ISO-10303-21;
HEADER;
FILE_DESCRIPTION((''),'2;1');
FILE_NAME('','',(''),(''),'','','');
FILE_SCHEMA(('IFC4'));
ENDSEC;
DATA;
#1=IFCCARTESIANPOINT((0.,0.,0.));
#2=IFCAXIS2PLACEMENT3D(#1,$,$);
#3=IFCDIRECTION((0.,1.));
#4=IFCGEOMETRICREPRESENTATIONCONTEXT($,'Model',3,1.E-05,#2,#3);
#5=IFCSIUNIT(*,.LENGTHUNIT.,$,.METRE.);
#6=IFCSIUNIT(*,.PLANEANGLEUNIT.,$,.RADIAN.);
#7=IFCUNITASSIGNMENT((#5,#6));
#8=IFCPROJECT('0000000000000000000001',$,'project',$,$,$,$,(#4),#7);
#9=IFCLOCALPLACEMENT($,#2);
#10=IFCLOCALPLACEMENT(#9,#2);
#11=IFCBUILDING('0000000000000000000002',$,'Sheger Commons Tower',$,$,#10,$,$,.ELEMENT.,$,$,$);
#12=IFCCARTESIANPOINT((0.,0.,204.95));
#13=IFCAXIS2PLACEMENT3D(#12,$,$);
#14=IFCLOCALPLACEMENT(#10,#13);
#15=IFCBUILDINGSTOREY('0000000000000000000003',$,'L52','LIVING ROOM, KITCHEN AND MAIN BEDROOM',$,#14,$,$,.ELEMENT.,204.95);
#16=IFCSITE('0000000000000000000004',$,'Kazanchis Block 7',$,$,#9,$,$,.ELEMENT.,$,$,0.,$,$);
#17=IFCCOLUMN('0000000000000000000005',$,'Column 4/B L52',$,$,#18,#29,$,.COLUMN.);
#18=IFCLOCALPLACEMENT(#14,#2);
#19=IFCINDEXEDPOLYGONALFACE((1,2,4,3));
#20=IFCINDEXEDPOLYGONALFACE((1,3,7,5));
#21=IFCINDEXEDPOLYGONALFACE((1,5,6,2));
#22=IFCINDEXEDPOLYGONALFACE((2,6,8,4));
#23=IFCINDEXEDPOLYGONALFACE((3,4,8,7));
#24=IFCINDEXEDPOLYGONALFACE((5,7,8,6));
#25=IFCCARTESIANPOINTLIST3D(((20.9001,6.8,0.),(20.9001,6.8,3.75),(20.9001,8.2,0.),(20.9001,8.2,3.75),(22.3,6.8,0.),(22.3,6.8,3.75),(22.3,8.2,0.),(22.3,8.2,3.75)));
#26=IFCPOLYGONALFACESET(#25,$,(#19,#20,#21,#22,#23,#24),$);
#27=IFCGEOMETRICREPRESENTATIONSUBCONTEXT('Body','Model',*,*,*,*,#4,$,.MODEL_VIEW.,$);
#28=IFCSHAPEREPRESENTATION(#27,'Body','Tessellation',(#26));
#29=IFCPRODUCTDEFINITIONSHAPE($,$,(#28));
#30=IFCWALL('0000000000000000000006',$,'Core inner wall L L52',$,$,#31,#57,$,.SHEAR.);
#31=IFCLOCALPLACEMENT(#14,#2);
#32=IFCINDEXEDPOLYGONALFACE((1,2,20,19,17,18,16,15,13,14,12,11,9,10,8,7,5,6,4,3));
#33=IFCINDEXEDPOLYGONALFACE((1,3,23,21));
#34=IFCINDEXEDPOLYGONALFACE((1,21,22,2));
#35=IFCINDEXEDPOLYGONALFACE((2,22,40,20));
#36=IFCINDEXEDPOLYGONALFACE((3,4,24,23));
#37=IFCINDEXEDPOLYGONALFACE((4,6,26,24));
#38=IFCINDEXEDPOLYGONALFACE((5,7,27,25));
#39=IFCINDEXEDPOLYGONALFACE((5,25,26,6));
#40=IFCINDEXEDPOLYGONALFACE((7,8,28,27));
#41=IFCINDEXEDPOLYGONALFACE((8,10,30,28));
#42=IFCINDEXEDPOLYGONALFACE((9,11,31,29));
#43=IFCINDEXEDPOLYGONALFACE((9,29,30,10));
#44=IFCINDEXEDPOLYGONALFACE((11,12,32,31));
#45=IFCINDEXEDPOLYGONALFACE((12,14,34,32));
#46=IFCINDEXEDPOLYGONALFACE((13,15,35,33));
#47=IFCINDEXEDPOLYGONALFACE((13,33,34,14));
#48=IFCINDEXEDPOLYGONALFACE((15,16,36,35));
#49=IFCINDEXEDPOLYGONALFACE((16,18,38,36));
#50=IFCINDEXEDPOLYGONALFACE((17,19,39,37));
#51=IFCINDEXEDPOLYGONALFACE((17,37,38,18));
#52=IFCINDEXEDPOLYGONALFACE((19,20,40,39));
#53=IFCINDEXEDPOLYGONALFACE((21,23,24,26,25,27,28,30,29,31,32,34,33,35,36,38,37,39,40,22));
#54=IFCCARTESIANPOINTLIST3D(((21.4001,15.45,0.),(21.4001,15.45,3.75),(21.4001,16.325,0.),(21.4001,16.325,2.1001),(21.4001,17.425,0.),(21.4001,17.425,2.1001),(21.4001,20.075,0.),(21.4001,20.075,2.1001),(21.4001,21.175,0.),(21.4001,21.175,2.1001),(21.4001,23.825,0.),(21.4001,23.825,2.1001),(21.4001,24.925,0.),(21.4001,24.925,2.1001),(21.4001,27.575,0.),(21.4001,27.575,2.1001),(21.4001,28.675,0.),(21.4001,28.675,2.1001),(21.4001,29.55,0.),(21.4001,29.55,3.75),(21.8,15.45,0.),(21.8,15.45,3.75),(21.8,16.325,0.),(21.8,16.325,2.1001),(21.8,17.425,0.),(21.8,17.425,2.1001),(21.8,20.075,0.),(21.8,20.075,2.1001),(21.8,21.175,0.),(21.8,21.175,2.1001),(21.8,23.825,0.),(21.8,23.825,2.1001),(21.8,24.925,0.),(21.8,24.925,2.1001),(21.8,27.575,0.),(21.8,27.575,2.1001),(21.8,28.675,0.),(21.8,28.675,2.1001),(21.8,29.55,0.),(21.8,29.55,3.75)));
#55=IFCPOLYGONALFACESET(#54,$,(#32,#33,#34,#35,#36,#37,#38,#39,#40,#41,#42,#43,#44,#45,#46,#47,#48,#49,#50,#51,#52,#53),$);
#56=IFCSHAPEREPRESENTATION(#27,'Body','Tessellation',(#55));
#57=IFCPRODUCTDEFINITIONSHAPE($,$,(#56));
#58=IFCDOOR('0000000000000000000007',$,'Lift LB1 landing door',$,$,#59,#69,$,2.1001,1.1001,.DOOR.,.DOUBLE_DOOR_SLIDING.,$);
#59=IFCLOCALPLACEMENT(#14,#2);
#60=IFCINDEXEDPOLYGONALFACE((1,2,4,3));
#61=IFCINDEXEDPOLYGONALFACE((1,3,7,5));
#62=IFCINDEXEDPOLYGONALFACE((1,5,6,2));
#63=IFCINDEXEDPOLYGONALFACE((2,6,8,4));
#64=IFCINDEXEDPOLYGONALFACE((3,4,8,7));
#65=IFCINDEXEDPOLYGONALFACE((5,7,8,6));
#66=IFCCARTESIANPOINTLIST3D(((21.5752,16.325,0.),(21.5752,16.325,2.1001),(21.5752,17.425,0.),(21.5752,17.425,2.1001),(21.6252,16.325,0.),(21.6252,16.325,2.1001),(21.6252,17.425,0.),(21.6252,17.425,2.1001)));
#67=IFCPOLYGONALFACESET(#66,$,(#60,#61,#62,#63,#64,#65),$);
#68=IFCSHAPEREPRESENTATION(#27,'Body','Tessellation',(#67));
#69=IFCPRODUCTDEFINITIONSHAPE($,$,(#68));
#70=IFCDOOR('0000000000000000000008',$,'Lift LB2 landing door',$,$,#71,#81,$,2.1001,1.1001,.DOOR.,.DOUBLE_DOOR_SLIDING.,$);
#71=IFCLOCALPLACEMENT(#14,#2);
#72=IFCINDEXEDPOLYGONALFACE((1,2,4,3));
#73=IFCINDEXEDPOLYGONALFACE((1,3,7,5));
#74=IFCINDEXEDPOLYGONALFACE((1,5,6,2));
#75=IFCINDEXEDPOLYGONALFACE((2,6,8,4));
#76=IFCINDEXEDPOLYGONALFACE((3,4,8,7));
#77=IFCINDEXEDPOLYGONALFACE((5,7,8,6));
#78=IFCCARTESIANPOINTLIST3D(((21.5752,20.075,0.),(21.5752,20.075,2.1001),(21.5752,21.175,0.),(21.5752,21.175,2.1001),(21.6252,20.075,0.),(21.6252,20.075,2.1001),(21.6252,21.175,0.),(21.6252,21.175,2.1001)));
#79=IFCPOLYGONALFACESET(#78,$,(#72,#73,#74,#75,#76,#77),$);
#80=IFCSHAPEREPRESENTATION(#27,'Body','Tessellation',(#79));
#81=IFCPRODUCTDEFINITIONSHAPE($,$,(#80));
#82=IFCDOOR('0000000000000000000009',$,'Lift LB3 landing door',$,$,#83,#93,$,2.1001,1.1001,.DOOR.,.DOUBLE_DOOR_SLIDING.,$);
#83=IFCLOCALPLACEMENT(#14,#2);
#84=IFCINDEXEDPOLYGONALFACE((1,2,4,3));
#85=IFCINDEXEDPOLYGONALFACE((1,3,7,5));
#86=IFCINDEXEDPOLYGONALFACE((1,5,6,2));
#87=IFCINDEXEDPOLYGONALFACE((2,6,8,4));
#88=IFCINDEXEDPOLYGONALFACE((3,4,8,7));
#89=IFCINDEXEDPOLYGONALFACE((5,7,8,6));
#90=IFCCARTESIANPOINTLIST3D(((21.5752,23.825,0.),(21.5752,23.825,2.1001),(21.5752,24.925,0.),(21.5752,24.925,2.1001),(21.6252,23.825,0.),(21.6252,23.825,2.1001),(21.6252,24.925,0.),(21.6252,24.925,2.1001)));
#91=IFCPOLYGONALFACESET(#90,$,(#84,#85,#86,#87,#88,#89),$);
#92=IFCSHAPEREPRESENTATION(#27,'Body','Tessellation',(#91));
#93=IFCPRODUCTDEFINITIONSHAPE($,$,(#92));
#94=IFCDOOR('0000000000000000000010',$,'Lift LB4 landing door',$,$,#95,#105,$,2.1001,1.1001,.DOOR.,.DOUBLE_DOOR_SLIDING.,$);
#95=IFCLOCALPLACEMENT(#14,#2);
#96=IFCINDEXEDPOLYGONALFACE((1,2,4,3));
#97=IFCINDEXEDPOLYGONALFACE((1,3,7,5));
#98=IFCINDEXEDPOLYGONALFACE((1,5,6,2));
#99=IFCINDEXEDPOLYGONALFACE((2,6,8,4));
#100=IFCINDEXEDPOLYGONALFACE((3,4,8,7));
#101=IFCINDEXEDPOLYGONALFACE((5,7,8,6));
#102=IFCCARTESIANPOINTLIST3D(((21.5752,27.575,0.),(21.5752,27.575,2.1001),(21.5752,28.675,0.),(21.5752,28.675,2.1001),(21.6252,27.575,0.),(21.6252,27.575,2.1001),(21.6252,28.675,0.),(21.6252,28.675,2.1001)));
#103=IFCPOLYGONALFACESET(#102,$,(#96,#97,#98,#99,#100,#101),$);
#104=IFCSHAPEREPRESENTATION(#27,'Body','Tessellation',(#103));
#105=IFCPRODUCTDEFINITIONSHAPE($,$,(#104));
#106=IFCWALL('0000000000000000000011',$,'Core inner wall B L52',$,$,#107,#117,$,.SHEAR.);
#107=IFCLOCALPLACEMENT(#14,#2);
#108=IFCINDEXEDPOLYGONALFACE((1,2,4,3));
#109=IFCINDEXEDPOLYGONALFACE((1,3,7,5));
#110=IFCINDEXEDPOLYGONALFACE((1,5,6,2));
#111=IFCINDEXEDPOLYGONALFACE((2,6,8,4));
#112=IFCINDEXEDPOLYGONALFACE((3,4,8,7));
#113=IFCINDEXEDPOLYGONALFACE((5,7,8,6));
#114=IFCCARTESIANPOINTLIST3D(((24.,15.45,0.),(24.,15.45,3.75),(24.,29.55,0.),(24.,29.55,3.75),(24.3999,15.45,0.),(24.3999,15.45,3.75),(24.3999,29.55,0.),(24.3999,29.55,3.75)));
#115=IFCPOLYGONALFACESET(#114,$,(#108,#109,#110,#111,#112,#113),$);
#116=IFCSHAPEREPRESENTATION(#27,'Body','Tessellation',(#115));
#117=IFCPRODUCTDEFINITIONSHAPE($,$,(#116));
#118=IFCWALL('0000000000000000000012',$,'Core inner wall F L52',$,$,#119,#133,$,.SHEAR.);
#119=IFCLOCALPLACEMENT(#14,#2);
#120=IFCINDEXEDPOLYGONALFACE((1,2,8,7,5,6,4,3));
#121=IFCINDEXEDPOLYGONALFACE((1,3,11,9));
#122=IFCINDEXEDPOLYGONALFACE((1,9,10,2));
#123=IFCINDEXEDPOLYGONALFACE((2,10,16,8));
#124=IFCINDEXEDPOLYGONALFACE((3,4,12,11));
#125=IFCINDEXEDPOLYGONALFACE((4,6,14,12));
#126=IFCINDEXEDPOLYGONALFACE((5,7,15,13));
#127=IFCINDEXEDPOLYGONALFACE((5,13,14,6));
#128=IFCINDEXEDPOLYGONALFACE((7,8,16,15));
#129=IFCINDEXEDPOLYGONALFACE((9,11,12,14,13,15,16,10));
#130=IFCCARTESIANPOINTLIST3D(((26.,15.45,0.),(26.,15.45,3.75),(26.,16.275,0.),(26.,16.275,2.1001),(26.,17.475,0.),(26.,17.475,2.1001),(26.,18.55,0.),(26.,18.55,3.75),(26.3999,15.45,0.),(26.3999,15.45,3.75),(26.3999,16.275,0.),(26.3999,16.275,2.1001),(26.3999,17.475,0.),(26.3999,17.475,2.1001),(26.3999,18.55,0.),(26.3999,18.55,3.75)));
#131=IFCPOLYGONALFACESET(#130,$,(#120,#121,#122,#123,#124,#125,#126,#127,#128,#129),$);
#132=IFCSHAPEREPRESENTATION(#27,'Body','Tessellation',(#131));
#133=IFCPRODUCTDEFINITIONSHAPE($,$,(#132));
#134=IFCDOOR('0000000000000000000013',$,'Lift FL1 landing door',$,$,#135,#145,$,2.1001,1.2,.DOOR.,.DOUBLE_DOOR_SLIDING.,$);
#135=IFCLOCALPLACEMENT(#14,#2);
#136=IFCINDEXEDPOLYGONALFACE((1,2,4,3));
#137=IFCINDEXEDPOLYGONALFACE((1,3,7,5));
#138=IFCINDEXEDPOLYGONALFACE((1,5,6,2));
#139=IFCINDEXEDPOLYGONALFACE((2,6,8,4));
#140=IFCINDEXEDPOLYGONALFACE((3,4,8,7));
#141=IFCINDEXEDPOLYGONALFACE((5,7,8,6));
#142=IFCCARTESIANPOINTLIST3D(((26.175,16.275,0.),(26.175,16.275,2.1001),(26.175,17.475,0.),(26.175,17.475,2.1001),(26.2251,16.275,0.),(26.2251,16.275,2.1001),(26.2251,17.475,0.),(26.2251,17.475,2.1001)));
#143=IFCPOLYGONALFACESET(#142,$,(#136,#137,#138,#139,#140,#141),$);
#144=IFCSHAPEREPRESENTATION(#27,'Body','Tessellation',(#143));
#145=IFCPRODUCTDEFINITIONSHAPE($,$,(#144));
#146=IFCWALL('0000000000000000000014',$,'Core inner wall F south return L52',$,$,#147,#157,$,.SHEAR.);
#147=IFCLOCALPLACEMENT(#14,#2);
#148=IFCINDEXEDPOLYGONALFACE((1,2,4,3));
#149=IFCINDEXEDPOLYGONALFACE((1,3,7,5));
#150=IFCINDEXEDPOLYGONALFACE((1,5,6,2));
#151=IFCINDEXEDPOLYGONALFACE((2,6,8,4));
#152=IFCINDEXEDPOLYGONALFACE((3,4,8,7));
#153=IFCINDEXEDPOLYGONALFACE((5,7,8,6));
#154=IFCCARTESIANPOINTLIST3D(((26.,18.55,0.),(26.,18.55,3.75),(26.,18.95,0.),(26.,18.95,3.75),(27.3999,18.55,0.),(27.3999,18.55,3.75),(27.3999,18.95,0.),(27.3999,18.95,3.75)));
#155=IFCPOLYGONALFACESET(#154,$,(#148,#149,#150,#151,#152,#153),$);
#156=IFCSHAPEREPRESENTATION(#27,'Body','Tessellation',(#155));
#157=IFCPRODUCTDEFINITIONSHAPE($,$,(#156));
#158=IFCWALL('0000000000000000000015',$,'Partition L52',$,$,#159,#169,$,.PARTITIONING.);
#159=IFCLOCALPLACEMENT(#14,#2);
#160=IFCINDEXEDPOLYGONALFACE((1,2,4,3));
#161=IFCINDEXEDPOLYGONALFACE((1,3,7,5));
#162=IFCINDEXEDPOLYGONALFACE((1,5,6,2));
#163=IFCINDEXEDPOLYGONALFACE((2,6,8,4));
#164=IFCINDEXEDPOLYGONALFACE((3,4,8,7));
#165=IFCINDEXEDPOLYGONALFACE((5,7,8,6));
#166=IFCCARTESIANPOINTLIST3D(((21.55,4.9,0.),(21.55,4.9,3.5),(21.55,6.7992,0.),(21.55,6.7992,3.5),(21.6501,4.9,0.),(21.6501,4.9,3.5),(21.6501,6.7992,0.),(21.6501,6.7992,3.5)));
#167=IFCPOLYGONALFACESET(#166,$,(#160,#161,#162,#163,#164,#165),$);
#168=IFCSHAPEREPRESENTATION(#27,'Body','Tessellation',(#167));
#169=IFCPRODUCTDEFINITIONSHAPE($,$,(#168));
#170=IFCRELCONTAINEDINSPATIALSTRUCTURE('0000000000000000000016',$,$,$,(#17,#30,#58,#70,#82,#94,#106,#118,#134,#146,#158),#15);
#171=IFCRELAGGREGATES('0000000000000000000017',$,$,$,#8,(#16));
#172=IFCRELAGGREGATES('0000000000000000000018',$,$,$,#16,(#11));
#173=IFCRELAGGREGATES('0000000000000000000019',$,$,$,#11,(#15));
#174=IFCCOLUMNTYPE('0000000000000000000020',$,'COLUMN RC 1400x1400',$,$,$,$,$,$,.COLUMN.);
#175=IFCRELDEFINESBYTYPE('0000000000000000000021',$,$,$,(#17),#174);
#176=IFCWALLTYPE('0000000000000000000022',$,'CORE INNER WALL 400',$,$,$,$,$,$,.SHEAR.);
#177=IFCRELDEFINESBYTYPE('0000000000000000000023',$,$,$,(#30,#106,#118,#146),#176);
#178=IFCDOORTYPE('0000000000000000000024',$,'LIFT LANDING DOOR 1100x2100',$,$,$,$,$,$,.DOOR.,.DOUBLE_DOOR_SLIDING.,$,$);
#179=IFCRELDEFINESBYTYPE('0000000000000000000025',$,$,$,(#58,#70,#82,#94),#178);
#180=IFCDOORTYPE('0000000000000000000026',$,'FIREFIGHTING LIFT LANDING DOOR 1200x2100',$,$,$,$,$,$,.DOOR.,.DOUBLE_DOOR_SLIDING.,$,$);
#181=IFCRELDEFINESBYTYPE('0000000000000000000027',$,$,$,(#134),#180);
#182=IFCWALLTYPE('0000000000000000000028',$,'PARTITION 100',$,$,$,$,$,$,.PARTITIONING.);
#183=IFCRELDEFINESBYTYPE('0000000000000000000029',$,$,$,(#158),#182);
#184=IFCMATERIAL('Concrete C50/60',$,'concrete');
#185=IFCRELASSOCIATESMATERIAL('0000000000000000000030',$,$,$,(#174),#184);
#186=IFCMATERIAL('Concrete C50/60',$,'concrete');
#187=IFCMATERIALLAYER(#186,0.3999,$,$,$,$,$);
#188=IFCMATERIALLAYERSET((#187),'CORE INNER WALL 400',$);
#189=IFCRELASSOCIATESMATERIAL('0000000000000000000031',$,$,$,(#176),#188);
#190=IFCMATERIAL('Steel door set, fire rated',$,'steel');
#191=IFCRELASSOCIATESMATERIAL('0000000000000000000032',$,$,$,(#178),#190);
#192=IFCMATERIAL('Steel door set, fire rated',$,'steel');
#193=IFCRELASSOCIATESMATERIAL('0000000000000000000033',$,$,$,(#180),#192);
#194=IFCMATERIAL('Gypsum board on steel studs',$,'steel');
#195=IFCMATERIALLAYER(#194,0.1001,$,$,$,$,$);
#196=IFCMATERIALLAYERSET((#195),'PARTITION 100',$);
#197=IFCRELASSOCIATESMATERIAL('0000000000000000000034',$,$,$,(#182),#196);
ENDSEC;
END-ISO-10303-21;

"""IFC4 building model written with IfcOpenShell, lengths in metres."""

from ifc_helpers import new_model, si_unit, direction, frame, frame_2d, origin, origin_2d, place, context, subcontext, project, spatial, rectangle, extrude, material, layer, layer_set, material_profile, profile_set, type_object, element, fill, save


model = new_model("IFC4")

# Units and contexts
model_context = context("Model", 3, precision=1e-05, world=origin(), true_north=direction((0.0, 1.0)))
body_context = subcontext(model_context, "Body", "Model", "MODEL_VIEW")
ifc_project = project(units=[si_unit("LENGTHUNIT", "METRE"), si_unit("PLANEANGLEUNIT", "RADIAN")], contexts=[model_context])

# Site, building, storey
site_placement = place(None, origin())
site = spatial("IfcSite", under=ifc_project, at=site_placement, Name="Kazanchis Block 7", CompositionType="ELEMENT", RefElevation=0.0)
building_placement = place(site_placement, origin())
building = spatial("IfcBuilding", under=site, at=building_placement, Name="Sheger Commons Tower", CompositionType="ELEMENT")
storey_placement = place(building_placement, frame((0.0, 0.0, 204.95)))
storey = spatial("IfcBuildingStorey", under=building, at=storey_placement, Name="L52", Description="LIVING ROOM, KITCHEN AND MAIN BEDROOM", CompositionType="ELEMENT", Elevation=204.95)

# Column
ifc_material_1 = material(Name="Concrete C50/60", Category="concrete")
ifc_material_profile = material_profile(ifc_material_1, rectangle(XDim=1.3999, YDim=1.3999, at=origin_2d()), Name="RC 1400x1400")
ifc_profile_set = profile_set([ifc_material_profile], Name="Concrete C50/60")
column_type = type_object("IfcColumnType", Name="COLUMN RC 1400x1400", PredefinedType="COLUMN", material=ifc_profile_set)
column_placement = place(storey_placement, frame((21.6001, 7.5, 0.0), z_axis=(0.0, 0.0, 1.0), x_axis=(1.0, 0.0, 0.0)))
element("IfcColumn", 1, at=column_placement, inside=storey, type_object=column_type, Name="Column 4/B L52", PredefinedType="COLUMN", context=body_context, shape_type="SweptSolid", body=[
    extrude(rectangle(XDim=1.3999, YDim=1.3999, at=origin_2d()), origin(), (0.0, 0.0, 1.0), 3.75),
])

# Wall, openings, doors
ifc_material_2 = material(Name="Concrete C50/60", Category="concrete")
ifc_layer_1 = layer(ifc_material_2, 0.3999)
ifc_layer_set_1 = layer_set([ifc_layer_1], Name="CORE INNER WALL 400")
wall_type_1 = type_object("IfcWallType", Name="CORE INNER WALL 400", PredefinedType="SHEAR", material=ifc_layer_set_1)
wall_1_placement = place(storey_placement, frame((21.6001, 15.45, 0.0), z_axis=(0.0, 0.0, 1.0), x_axis=(0.0, 1.0, 0.0)))
wall_1 = element("IfcWall", 2, at=wall_1_placement, inside=storey, type_object=wall_type_1, Name="Core inner wall L L52", PredefinedType="SHEAR", context=body_context, shape_type="SweptSolid", body=[
    extrude(rectangle(XDim=14.1001, YDim=0.3999, at=frame_2d((7.05, 0.0))), origin(), (0.0, 0.0, 1.0), 3.75),
])
opening_1_placement = place(wall_1_placement, frame((0.875, 0.0, 0.0)))
opening_1 = element("IfcOpeningElement", 3, at=opening_1_placement, cuts=wall_1, PredefinedType="OPENING", context=body_context, shape_type="SweptSolid", body=[
    extrude(rectangle(XDim=1.1001, YDim=2.1001, at=frame_2d((0.55, 1.05))), frame((0.0, 0.21, 0.0), z_axis=(0.0, -1.0, 0.0), x_axis=(1.0, 0.0, 0.0)), (0.0, 0.0, 1.0), 0.4199),
])
opening_2_placement = place(wall_1_placement, frame((4.625, 0.0, 0.0)))
opening_2 = element("IfcOpeningElement", 4, at=opening_2_placement, cuts=wall_1, PredefinedType="OPENING", context=body_context, shape_type="SweptSolid", body=[
    extrude(rectangle(XDim=1.1001, YDim=2.1001, at=frame_2d((0.55, 1.05))), frame((0.0, 0.21, 0.0), z_axis=(0.0, -1.0, 0.0), x_axis=(1.0, 0.0, 0.0)), (0.0, 0.0, 1.0), 0.4199),
])
opening_3_placement = place(wall_1_placement, frame((8.375, 0.0, 0.0)))
opening_3 = element("IfcOpeningElement", 5, at=opening_3_placement, cuts=wall_1, PredefinedType="OPENING", context=body_context, shape_type="SweptSolid", body=[
    extrude(rectangle(XDim=1.1001, YDim=2.1001, at=frame_2d((0.55, 1.05))), frame((0.0, 0.21, 0.0), z_axis=(0.0, -1.0, 0.0), x_axis=(1.0, 0.0, 0.0)), (0.0, 0.0, 1.0), 0.4199),
])
opening_4_placement = place(wall_1_placement, frame((12.125, 0.0, 0.0)))
opening_4 = element("IfcOpeningElement", 6, at=opening_4_placement, cuts=wall_1, PredefinedType="OPENING", context=body_context, shape_type="SweptSolid", body=[
    extrude(rectangle(XDim=1.1001, YDim=2.1001, at=frame_2d((0.55, 1.05))), frame((0.0, 0.21, 0.0), z_axis=(0.0, -1.0, 0.0), x_axis=(1.0, 0.0, 0.0)), (0.0, 0.0, 1.0), 0.4199),
])
ifc_material_3 = material(Name="Steel door set, fire rated", Category="steel")
door_type_1 = type_object("IfcDoorType", Name="LIFT LANDING DOOR 1100x2100", OperationType="DOUBLE_DOOR_SLIDING", PredefinedType="DOOR", material=ifc_material_3)
door_1_placement = place(opening_1_placement, origin())
door_1 = element("IfcDoor", 7, at=door_1_placement, inside=storey, type_object=door_type_1, Name="Lift LB1 landing door", OperationType="DOUBLE_DOOR_SLIDING", OverallHeight=2.1001, OverallWidth=1.1001, PredefinedType="DOOR", context=body_context, shape_type="SweptSolid", body=[
    extrude(rectangle(XDim=1.1001, YDim=2.1001, at=frame_2d((0.55, 1.05))), frame((0.0, 0.0249, 0.0), z_axis=(0.0, -1.0, 0.0), x_axis=(1.0, 0.0, 0.0)), (0.0, 0.0, 1.0), 0.05),
])
fill(opening_1, door_1)
door_2_placement = place(opening_2_placement, origin())
door_2 = element("IfcDoor", 8, at=door_2_placement, inside=storey, type_object=door_type_1, Name="Lift LB2 landing door", OperationType="DOUBLE_DOOR_SLIDING", OverallHeight=2.1001, OverallWidth=1.1001, PredefinedType="DOOR", context=body_context, shape_type="SweptSolid", body=[
    extrude(rectangle(XDim=1.1001, YDim=2.1001, at=frame_2d((0.55, 1.05))), frame((0.0, 0.0249, 0.0), z_axis=(0.0, -1.0, 0.0), x_axis=(1.0, 0.0, 0.0)), (0.0, 0.0, 1.0), 0.05),
])
fill(opening_2, door_2)
door_3_placement = place(opening_3_placement, origin())
door_3 = element("IfcDoor", 9, at=door_3_placement, inside=storey, type_object=door_type_1, Name="Lift LB3 landing door", OperationType="DOUBLE_DOOR_SLIDING", OverallHeight=2.1001, OverallWidth=1.1001, PredefinedType="DOOR", context=body_context, shape_type="SweptSolid", body=[
    extrude(rectangle(XDim=1.1001, YDim=2.1001, at=frame_2d((0.55, 1.05))), frame((0.0, 0.0249, 0.0), z_axis=(0.0, -1.0, 0.0), x_axis=(1.0, 0.0, 0.0)), (0.0, 0.0, 1.0), 0.05),
])
fill(opening_3, door_3)
door_4_placement = place(opening_4_placement, origin())
door_4 = element("IfcDoor", 10, at=door_4_placement, inside=storey, type_object=door_type_1, Name="Lift LB4 landing door", OperationType="DOUBLE_DOOR_SLIDING", OverallHeight=2.1001, OverallWidth=1.1001, PredefinedType="DOOR", context=body_context, shape_type="SweptSolid", body=[
    extrude(rectangle(XDim=1.1001, YDim=2.1001, at=frame_2d((0.55, 1.05))), frame((0.0, 0.0249, 0.0), z_axis=(0.0, -1.0, 0.0), x_axis=(1.0, 0.0, 0.0)), (0.0, 0.0, 1.0), 0.05),
])
fill(opening_4, door_4)

# Wall
wall_2_placement = place(storey_placement, frame((24.2, 15.45, 0.0), z_axis=(0.0, 0.0, 1.0), x_axis=(0.0, 1.0, 0.0)))
element("IfcWall", 11, at=wall_2_placement, inside=storey, type_object=wall_type_1, Name="Core inner wall B L52", PredefinedType="SHEAR", context=body_context, shape_type="SweptSolid", body=[
    extrude(rectangle(XDim=14.1001, YDim=0.3999, at=frame_2d((7.05, 0.0))), origin(), (0.0, 0.0, 1.0), 3.75),
])

# Wall, opening, door
wall_3_placement = place(storey_placement, frame((26.2, 15.45, 0.0), z_axis=(0.0, 0.0, 1.0), x_axis=(0.0, 1.0, 0.0)))
wall_3 = element("IfcWall", 12, at=wall_3_placement, inside=storey, type_object=wall_type_1, Name="Core inner wall F L52", PredefinedType="SHEAR", context=body_context, shape_type="SweptSolid", body=[
    extrude(rectangle(XDim=3.1001, YDim=0.3999, at=frame_2d((1.55, 0.0))), origin(), (0.0, 0.0, 1.0), 3.75),
])
opening_5_placement = place(wall_3_placement, frame((0.825, 0.0, 0.0)))
opening_5 = element("IfcOpeningElement", 13, at=opening_5_placement, cuts=wall_3, PredefinedType="OPENING", context=body_context, shape_type="SweptSolid", body=[
    extrude(rectangle(XDim=1.2, YDim=2.1001, at=frame_2d((0.6001, 1.05))), frame((0.0, 0.21, 0.0), z_axis=(0.0, -1.0, 0.0), x_axis=(1.0, 0.0, 0.0)), (0.0, 0.0, 1.0), 0.4199),
])
ifc_material_4 = material(Name="Steel door set, fire rated", Category="steel")
door_type_2 = type_object("IfcDoorType", Name="FIREFIGHTING LIFT LANDING DOOR 1200x2100", OperationType="DOUBLE_DOOR_SLIDING", PredefinedType="DOOR", material=ifc_material_4)
door_5_placement = place(opening_5_placement, origin())
door_5 = element("IfcDoor", 14, at=door_5_placement, inside=storey, type_object=door_type_2, Name="Lift FL1 landing door", OperationType="DOUBLE_DOOR_SLIDING", OverallHeight=2.1001, OverallWidth=1.2, PredefinedType="DOOR", context=body_context, shape_type="SweptSolid", body=[
    extrude(rectangle(XDim=1.2, YDim=2.1001, at=frame_2d((0.6001, 1.05))), frame((0.0, 0.0249, 0.0), z_axis=(0.0, -1.0, 0.0), x_axis=(1.0, 0.0, 0.0)), (0.0, 0.0, 1.0), 0.05),
])
fill(opening_5, door_5)

# Walls
wall_4_placement = place(storey_placement, frame((26.0, 18.75, 0.0), z_axis=(0.0, 0.0, 1.0), x_axis=(1.0, 0.0, 0.0)))
element("IfcWall", 15, at=wall_4_placement, inside=storey, type_object=wall_type_1, Name="Core inner wall F south return L52", PredefinedType="SHEAR", context=body_context, shape_type="SweptSolid", body=[
    extrude(rectangle(XDim=1.3999, YDim=0.3999, at=frame_2d((0.7, 0.0))), origin(), (0.0, 0.0, 1.0), 3.75),
])
ifc_material_5 = material(Name="Gypsum board on steel studs", Category="steel")
ifc_layer_2 = layer(ifc_material_5, 0.1001)
ifc_layer_set_2 = layer_set([ifc_layer_2], Name="PARTITION 100")
wall_type_2 = type_object("IfcWallType", Name="PARTITION 100", PredefinedType="PARTITIONING", material=ifc_layer_set_2)
wall_5_placement = place(storey_placement, frame((21.6001, 4.8999, 0.0), z_axis=(0.0, 0.0, 1.0), x_axis=(0.0, 1.0, 0.0)))
element("IfcWall", 16, at=wall_5_placement, inside=storey, type_object=wall_type_2, Name="Partition L52", PredefinedType="PARTITIONING", context=body_context, shape_type="SweptSolid", body=[
    extrude(rectangle(XDim=1.8992, YDim=0.1001, at=frame_2d((0.9497, 0.0))), origin(), (0.0, 0.0, 1.0), 3.5),
])

save(model, "model.ifc")
